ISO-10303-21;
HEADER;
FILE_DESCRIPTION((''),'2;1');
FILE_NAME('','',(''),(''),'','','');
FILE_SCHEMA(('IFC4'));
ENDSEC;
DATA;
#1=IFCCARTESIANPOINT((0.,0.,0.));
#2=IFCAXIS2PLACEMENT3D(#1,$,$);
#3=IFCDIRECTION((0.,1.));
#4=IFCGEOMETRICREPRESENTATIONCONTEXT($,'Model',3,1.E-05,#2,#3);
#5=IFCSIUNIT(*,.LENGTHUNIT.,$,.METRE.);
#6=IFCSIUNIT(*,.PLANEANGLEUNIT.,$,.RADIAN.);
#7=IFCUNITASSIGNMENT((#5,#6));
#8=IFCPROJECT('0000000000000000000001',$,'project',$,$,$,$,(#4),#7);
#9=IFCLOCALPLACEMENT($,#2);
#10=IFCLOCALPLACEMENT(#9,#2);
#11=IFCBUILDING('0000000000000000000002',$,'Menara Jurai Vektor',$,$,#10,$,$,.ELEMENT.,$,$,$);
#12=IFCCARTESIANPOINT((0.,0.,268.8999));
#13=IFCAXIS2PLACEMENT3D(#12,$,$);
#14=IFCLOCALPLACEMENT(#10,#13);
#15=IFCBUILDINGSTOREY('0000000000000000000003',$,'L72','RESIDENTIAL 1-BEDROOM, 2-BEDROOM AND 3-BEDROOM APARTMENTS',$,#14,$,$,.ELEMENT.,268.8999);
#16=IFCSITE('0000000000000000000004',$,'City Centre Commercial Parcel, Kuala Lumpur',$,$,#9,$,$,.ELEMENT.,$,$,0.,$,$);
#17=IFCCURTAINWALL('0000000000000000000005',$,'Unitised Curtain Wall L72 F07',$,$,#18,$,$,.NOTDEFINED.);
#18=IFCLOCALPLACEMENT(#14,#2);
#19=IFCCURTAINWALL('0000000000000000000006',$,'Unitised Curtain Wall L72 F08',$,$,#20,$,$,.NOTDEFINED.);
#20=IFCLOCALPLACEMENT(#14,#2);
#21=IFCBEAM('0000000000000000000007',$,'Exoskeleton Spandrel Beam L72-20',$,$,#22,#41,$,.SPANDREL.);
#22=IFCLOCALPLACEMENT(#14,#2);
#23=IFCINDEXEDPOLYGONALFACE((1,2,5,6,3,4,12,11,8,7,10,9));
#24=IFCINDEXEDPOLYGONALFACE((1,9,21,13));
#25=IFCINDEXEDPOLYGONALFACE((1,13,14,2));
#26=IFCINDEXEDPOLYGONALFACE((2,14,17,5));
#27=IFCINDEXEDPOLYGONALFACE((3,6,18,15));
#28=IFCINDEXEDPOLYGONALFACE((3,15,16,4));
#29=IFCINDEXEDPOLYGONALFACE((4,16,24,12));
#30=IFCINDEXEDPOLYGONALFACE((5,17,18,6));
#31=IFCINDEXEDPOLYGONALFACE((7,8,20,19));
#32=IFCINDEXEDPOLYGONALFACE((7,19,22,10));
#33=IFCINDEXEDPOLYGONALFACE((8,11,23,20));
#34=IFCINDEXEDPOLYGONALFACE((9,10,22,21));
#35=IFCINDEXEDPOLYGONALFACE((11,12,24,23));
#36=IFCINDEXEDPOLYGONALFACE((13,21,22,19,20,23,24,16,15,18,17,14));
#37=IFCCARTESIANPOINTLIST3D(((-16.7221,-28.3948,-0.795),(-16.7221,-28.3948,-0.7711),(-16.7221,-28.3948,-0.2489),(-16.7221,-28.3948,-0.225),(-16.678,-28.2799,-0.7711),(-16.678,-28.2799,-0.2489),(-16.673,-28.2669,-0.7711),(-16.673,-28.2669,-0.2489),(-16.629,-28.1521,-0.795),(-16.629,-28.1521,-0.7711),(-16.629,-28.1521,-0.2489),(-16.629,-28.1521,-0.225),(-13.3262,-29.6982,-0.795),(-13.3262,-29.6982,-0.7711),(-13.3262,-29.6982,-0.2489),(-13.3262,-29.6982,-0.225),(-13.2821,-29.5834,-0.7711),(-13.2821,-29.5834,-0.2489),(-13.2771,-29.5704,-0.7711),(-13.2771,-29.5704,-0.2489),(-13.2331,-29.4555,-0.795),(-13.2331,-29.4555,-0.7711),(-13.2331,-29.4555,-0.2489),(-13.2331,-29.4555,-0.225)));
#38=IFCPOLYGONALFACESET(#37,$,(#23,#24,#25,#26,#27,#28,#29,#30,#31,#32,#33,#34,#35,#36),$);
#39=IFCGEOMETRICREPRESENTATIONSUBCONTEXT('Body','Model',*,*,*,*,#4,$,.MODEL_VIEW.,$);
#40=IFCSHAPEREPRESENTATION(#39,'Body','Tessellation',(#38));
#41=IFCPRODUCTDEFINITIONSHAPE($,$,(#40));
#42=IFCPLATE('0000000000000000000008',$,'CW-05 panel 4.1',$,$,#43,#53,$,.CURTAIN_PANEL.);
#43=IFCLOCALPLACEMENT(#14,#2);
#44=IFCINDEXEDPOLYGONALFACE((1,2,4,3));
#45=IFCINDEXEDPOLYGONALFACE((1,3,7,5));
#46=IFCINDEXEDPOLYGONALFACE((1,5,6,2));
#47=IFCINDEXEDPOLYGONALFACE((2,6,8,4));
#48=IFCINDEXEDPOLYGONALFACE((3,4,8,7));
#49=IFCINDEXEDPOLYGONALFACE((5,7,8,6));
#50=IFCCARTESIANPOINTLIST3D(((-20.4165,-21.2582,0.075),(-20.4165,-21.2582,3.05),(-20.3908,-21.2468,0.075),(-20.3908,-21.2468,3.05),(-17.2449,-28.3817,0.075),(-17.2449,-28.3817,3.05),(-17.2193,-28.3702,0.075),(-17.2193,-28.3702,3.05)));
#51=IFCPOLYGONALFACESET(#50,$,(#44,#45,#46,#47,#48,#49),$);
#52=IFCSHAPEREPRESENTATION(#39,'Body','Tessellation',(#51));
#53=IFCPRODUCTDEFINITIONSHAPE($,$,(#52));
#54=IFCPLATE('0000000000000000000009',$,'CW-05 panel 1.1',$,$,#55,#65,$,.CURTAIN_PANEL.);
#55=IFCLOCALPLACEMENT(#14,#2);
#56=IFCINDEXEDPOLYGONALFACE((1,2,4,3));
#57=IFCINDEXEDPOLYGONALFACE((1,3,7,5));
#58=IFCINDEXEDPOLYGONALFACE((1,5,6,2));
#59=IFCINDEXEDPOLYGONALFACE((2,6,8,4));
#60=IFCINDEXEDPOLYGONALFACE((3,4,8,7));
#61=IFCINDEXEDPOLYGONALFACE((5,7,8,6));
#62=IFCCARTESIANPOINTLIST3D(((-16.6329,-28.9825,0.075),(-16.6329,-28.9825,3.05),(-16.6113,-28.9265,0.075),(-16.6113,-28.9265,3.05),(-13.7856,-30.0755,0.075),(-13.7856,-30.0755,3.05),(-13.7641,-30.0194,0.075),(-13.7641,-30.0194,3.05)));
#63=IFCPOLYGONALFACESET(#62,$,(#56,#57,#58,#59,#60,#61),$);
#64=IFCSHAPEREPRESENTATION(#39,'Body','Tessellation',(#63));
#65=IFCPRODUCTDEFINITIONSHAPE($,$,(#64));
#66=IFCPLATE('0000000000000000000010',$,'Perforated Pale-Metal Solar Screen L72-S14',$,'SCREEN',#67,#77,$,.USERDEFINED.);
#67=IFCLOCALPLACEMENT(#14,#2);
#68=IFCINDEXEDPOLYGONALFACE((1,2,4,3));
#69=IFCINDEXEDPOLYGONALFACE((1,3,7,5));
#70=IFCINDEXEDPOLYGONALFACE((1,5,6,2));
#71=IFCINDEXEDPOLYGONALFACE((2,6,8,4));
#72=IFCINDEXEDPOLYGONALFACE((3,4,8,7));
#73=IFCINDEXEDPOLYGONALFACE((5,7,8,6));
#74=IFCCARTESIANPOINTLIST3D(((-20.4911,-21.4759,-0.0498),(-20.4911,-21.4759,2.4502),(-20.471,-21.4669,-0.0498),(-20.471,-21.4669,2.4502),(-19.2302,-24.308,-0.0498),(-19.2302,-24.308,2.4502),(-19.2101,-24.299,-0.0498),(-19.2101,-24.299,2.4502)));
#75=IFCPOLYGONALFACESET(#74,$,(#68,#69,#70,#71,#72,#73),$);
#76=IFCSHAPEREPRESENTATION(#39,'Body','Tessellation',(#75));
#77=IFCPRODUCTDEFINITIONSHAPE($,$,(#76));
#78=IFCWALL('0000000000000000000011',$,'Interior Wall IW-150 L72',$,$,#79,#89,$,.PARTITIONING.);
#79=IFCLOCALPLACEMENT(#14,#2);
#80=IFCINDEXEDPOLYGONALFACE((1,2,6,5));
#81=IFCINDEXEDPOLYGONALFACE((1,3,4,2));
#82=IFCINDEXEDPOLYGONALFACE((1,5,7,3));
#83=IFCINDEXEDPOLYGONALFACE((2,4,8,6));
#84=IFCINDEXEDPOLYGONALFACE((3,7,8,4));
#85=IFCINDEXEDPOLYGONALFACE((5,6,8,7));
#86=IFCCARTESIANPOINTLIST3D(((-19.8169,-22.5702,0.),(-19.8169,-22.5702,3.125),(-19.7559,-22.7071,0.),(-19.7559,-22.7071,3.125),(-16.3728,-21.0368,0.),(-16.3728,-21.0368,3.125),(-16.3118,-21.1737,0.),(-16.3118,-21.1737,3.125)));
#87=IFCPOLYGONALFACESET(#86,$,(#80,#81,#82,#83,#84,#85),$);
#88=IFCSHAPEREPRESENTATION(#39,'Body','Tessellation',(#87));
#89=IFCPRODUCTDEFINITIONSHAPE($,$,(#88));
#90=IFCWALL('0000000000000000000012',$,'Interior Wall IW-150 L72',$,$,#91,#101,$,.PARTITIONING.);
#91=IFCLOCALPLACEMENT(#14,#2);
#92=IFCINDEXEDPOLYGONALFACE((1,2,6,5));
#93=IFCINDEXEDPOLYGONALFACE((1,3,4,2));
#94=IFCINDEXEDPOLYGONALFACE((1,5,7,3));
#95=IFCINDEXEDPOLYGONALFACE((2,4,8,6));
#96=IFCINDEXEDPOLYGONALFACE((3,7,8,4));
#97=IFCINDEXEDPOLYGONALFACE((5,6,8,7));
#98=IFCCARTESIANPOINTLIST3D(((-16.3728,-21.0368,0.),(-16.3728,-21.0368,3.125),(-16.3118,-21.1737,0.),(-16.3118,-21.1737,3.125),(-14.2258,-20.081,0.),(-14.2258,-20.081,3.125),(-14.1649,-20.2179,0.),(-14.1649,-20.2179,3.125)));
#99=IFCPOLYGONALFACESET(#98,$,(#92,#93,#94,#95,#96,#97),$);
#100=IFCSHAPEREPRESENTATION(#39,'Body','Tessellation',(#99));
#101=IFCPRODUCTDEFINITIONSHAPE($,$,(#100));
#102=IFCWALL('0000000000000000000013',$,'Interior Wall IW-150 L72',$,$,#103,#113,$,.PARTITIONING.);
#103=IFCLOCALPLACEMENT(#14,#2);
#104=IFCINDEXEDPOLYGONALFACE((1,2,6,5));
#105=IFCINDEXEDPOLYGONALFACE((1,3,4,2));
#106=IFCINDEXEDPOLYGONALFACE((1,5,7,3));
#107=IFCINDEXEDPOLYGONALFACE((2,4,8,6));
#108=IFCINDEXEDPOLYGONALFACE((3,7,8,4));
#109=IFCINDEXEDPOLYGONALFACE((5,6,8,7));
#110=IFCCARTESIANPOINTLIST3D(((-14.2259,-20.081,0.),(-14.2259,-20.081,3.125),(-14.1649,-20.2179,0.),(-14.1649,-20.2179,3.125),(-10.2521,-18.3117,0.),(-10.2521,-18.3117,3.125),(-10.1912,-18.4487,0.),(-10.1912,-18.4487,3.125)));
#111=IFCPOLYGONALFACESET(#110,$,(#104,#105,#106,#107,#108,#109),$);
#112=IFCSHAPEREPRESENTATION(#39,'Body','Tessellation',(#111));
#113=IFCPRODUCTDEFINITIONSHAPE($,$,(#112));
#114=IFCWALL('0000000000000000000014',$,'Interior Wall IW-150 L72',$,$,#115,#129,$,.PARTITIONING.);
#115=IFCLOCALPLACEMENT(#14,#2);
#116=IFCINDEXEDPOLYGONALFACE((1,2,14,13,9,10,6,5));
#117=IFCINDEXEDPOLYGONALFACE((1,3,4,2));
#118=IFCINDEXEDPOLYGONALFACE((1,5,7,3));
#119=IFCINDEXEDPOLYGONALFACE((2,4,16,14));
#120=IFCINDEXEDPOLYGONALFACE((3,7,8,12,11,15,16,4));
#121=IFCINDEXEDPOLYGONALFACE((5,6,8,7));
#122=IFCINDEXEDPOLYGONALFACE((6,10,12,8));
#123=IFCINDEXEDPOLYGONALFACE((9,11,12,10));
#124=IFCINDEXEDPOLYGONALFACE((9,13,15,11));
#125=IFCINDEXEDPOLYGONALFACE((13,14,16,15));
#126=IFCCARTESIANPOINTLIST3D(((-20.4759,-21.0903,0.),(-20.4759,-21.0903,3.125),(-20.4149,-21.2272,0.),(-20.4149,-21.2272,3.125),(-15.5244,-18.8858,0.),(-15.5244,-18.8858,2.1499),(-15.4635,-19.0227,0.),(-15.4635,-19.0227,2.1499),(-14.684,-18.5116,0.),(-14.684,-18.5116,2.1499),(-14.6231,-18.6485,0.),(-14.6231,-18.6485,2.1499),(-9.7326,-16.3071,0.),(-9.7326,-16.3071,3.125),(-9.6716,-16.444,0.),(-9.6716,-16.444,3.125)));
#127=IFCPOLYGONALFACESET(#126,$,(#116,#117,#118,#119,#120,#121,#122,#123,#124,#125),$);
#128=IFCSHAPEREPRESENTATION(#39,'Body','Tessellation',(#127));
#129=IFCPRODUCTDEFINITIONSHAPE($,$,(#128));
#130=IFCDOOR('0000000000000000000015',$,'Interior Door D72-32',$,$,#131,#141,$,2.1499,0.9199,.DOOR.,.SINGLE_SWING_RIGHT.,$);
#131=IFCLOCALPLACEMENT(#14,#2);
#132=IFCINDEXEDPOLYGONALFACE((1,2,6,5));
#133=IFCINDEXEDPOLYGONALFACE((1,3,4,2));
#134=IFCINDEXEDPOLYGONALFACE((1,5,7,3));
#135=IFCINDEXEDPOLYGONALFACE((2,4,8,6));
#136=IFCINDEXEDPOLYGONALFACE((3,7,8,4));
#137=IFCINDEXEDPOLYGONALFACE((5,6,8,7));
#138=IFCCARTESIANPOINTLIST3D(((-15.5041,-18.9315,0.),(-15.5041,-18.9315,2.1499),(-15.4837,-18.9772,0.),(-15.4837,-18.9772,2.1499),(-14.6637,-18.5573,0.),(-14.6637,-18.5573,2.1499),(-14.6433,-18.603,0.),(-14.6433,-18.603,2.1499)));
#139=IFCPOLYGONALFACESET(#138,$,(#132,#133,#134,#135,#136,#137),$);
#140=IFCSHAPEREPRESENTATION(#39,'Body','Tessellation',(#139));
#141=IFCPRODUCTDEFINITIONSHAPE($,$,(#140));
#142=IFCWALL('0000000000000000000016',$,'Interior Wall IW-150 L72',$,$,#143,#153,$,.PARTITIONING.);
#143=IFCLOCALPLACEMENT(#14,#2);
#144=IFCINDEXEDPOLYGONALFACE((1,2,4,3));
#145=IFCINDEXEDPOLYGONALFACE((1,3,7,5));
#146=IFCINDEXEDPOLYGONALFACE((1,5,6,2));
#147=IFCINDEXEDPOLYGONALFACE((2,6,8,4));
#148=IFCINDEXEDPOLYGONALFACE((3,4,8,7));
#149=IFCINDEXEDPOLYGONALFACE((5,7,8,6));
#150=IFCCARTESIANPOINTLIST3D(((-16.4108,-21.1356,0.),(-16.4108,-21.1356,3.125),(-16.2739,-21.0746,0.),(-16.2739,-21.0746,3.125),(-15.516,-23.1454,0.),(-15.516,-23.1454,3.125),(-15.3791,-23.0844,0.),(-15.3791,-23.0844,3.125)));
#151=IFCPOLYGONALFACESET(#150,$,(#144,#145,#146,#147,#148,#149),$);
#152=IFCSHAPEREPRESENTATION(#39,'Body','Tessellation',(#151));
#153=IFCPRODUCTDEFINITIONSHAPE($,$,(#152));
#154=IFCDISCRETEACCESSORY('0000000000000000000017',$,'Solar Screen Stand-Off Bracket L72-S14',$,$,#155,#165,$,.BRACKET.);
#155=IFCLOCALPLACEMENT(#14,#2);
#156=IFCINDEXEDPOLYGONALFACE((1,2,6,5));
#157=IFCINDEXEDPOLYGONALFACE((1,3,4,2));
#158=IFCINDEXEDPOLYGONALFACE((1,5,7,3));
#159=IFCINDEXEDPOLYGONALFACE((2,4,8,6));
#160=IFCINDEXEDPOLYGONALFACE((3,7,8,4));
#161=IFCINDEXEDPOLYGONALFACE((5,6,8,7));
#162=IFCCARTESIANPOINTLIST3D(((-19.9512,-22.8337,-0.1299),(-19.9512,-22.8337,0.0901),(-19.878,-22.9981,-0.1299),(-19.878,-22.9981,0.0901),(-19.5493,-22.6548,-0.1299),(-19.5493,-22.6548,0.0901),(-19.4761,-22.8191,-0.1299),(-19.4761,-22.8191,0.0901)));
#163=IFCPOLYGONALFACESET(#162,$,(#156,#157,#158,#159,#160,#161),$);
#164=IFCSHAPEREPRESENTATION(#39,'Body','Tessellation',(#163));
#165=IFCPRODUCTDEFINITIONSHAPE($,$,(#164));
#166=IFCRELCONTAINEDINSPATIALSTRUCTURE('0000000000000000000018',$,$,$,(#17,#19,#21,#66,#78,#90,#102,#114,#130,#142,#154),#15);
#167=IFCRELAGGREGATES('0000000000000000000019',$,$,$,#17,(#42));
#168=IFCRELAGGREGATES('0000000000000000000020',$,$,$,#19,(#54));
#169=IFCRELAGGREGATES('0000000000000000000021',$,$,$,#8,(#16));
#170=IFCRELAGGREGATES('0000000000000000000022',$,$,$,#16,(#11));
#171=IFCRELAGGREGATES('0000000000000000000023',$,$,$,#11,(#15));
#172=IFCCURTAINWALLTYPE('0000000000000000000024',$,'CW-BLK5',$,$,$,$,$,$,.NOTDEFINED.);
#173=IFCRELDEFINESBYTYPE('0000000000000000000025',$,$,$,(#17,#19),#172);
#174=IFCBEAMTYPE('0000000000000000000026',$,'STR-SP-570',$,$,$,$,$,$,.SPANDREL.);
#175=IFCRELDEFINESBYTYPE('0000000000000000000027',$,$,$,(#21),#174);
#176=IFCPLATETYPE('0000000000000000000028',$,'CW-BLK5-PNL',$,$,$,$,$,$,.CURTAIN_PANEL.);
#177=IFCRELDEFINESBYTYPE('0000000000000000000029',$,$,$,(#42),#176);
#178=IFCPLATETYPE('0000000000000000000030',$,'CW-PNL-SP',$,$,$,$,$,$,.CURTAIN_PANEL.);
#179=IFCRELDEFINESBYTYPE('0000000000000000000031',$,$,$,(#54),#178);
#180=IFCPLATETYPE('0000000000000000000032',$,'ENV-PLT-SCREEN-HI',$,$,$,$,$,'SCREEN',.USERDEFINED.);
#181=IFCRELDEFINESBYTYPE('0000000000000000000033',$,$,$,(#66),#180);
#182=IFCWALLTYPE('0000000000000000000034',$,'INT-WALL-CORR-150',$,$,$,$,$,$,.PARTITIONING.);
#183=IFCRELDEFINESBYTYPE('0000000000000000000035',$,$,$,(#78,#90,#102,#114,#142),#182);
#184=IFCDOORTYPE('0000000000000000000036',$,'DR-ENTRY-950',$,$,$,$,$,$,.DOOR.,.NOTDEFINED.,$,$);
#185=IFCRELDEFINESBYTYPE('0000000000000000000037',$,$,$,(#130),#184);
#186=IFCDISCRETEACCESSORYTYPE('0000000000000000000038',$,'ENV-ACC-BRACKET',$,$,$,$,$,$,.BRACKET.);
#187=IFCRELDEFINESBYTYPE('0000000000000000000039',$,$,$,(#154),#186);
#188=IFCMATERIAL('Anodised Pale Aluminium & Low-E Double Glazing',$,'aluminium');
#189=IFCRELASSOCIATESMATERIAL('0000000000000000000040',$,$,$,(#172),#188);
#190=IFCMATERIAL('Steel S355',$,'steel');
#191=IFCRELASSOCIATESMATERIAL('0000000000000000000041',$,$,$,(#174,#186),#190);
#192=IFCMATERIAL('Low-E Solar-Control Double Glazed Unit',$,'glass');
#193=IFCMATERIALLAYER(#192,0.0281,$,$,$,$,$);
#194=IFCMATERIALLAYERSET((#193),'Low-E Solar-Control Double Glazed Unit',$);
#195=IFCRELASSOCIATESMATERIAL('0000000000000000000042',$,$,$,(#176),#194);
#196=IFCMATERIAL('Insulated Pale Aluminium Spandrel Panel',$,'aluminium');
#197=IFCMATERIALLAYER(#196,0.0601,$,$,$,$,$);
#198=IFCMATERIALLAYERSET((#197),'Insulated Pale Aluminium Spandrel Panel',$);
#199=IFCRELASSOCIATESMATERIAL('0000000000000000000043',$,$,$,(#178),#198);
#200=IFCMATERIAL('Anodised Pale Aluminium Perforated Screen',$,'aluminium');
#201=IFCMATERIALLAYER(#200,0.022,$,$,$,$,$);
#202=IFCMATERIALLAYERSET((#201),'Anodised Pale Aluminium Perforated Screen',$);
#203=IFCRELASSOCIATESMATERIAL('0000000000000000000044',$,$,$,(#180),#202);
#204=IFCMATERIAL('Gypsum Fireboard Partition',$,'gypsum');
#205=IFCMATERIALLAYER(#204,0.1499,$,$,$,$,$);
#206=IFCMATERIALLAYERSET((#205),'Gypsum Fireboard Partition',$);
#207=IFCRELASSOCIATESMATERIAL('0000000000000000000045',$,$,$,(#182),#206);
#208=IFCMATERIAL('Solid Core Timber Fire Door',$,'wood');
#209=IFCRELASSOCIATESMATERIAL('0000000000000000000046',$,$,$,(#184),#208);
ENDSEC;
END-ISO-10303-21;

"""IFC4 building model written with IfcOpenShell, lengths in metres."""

from ifc_helpers import new_model, si_unit, direction, frame, frame_2d, origin, origin_2d, place, context, subcontext, project, spatial, rectangle, i_section, extrude, material, layer, layer_set, material_profile, profile_set, type_object, element, fill, aggregate, save


model = new_model("IFC4")

# Units and contexts
model_context = context("Model", 3, precision=1e-05, world=origin(), true_north=direction((0.0, 1.0)))
body_context = subcontext(model_context, "Body", "Model", "MODEL_VIEW")
ifc_project = project(units=[si_unit("LENGTHUNIT", "METRE"), si_unit("PLANEANGLEUNIT", "RADIAN")], contexts=[model_context])

# Site, building, storey
site_placement = place(None, origin())
site = spatial("IfcSite", under=ifc_project, at=site_placement, Name="City Centre Commercial Parcel, Kuala Lumpur", CompositionType="ELEMENT", RefElevation=0.0)
building_placement = place(site_placement, origin())
building = spatial("IfcBuilding", under=site, at=building_placement, Name="Menara Jurai Vektor", CompositionType="ELEMENT")
storey_placement = place(building_placement, frame((0.0, 0.0, 268.8999)))
storey = spatial("IfcBuildingStorey", under=building, at=storey_placement, Name="L72", Description="RESIDENTIAL 1-BEDROOM, 2-BEDROOM AND 3-BEDROOM APARTMENTS", CompositionType="ELEMENT", Elevation=268.8999)

# Curtain wall
ifc_material_1 = material(Name="Anodised Pale Aluminium & Low-E Double Glazing", Category="aluminium")
curtain_wall_type = type_object("IfcCurtainWallType", Name="CW-BLK5", PredefinedType="NOTDEFINED", material=ifc_material_1)
curtain_wall_1_placement = place(storey_placement, origin())
curtain_wall_1 = element("IfcCurtainWall", 1, at=curtain_wall_1_placement, inside=storey, type_object=curtain_wall_type, Name="Unitised Curtain Wall L72 F07", PredefinedType="NOTDEFINED")

# Curtain wall
curtain_wall_2_placement = place(storey_placement, origin())
curtain_wall_2 = element("IfcCurtainWall", 2, at=curtain_wall_2_placement, inside=storey, type_object=curtain_wall_type, Name="Unitised Curtain Wall L72 F08", PredefinedType="NOTDEFINED")

# Shared definitions
ifc_material_2 = material(Name="Steel S355", Category="steel")

# Beam
ifc_material_profile_1 = material_profile(ifc_material_2, i_section(OverallWidth=0.26, OverallDepth=0.5701, WebThickness=0.0139, FlangeThickness=0.0239, at=origin_2d()), Name="PG 570x260x145")
ifc_profile_set_1 = profile_set([ifc_material_profile_1], Name="Steel S355")
beam_type_1 = type_object("IfcBeamType", Name="STR-SP-570", PredefinedType="SPANDREL", material=ifc_profile_set_1)
beam_1_placement = place(storey_placement, frame((-16.6755, -28.2734, -0.51), z_axis=(0.933593, -0.358336, 0.0), x_axis=(0.358336, 0.933593, 0.0)))
element("IfcBeam", 3, at=beam_1_placement, inside=storey, type_object=beam_type_1, Name="Exoskeleton Spandrel Beam L72-20", PredefinedType="SPANDREL", context=body_context, shape_type="SweptSolid", body=[
    extrude(i_section(OverallWidth=0.26, OverallDepth=0.5701, WebThickness=0.0139, FlangeThickness=0.0239, at=origin_2d()), origin(), (0.0, 0.0, 1.0), 3.6375),
])

# Plates
ifc_material_3 = material(Name="Low-E Solar-Control Double Glazed Unit", Category="glass")
ifc_layer_1 = layer(ifc_material_3, 0.0281)
ifc_layer_set_1 = layer_set([ifc_layer_1], Name="Low-E Solar-Control Double Glazed Unit")
plate_type_1 = type_object("IfcPlateType", Name="CW-BLK5-PNL", PredefinedType="CURTAIN_PANEL", material=ifc_layer_set_1)
plate_1_placement = place(storey_placement, frame((-18.8179, -24.8142, 0.075), z_axis=(0.0, 0.0, 1.0), x_axis=(0.406735, -0.913546, 0.0)))
plate_1 = element("IfcPlate", 4, at=plate_1_placement, type_object=plate_type_1, Name="CW-05 panel 4.1", PredefinedType="CURTAIN_PANEL", context=body_context, shape_type="SweptSolid", body=[
    extrude(rectangle(XDim=7.7976, YDim=0.0281, at=origin_2d()), origin(), (0.0, 0.0, 1.0), 2.9751),
])
aggregate(curtain_wall_1, [plate_1])
ifc_material_4 = material(Name="Insulated Pale Aluminium Spandrel Panel", Category="aluminium")
ifc_layer_2 = layer(ifc_material_4, 0.0601)
ifc_layer_set_2 = layer_set([ifc_layer_2], Name="Insulated Pale Aluminium Spandrel Panel")
plate_type_2 = type_object("IfcPlateType", Name="CW-PNL-SP", PredefinedType="CURTAIN_PANEL", material=ifc_layer_set_2)
plate_2_placement = place(storey_placement, frame((-15.1985, -29.501, 0.075), z_axis=(0.0, 0.0, 1.0), x_axis=(0.933578, -0.358374, 0.0)))
plate_2 = element("IfcPlate", 5, at=plate_2_placement, type_object=plate_type_2, Name="CW-05 panel 1.1", PredefinedType="CURTAIN_PANEL", context=body_context, shape_type="SweptSolid", body=[
    extrude(rectangle(XDim=3.0498, YDim=0.0601, at=origin_2d()), origin(), (0.0, 0.0, 1.0), 2.9751),
])
aggregate(curtain_wall_2, [plate_2])
ifc_material_5 = material(Name="Anodised Pale Aluminium Perforated Screen", Category="aluminium")
ifc_layer_3 = layer(ifc_material_5, 0.022)
ifc_layer_set_3 = layer_set([ifc_layer_3], Name="Anodised Pale Aluminium Perforated Screen")
plate_type_3 = type_object("IfcPlateType", Name="ENV-PLT-SCREEN-HI", ElementType="SCREEN", PredefinedType="USERDEFINED", material=ifc_layer_set_3)
plate_3_placement = place(storey_placement, frame((-19.8506, -22.8875, -0.0498), z_axis=(0.0, 0.0, 1.0), x_axis=(0.406737, -0.913545, 0.0)))
element("IfcPlate", 6, at=plate_3_placement, inside=storey, type_object=plate_type_3, Name="Perforated Pale-Metal Solar Screen L72-S14", ObjectType="SCREEN", PredefinedType="USERDEFINED", context=body_context, shape_type="SweptSolid", body=[
    extrude(rectangle(XDim=3.1001, YDim=0.022, at=origin_2d()), origin(), (0.0, 0.0, 1.0), 2.5),
])

# Walls
ifc_material_6 = material(Name="Gypsum Fireboard Partition", Category="gypsum")
ifc_layer_4 = layer(ifc_material_6, 0.1499)
ifc_layer_set_4 = layer_set([ifc_layer_4], Name="Gypsum Fireboard Partition")
wall_type = type_object("IfcWallType", Name="INT-WALL-CORR-150", PredefinedType="PARTITIONING", material=ifc_layer_set_4)
wall_1_placement = place(storey_placement, frame((-19.7864, -22.6387, 0.0), z_axis=(0.0, 0.0, 1.0), x_axis=(0.913542, 0.406745, 0.0)))
element("IfcWall", 7, at=wall_1_placement, inside=storey, type_object=wall_type, Name="Interior Wall IW-150 L72", PredefinedType="PARTITIONING", context=body_context, shape_type="SweptSolid", body=[
    extrude(rectangle(XDim=3.77, YDim=0.1499, at=frame_2d((1.885, 0.0))), origin(), (0.0, 0.0, 1.0), 3.125),
])
wall_2_placement = place(storey_placement, frame((-16.3423, -21.1052, 0.0), z_axis=(0.0, 0.0, 1.0), x_axis=(0.913559, 0.406707, 0.0)))
element("IfcWall", 8, at=wall_2_placement, inside=storey, type_object=wall_type, Name="Interior Wall IW-150 L72", PredefinedType="PARTITIONING", context=body_context, shape_type="SweptSolid", body=[
    extrude(rectangle(XDim=2.3501, YDim=0.1499, at=frame_2d((1.175, 0.0))), origin(), (0.0, 0.0, 1.0), 3.125),
])
wall_3_placement = place(storey_placement, frame((-14.1953, -20.1494, 0.0), z_axis=(0.0, 0.0, 1.0), x_axis=(0.913545, 0.406737, 0.0)))
element("IfcWall", 9, at=wall_3_placement, inside=storey, type_object=wall_type, Name="Interior Wall IW-150 L72", PredefinedType="PARTITIONING", context=body_context, shape_type="SweptSolid", body=[
    extrude(rectangle(XDim=4.3499, YDim=0.1499, at=frame_2d((2.1748, 0.0))), origin(), (0.0, 0.0, 1.0), 3.125),
])

# Wall, opening, door
wall_4_placement = place(storey_placement, frame((-20.4453, -21.1587, 0.0), z_axis=(0.0, 0.0, 1.0), x_axis=(0.913548, 0.406732, 0.0)))
wall_4 = element("IfcWall", 10, at=wall_4_placement, inside=storey, type_object=wall_type, Name="Interior Wall IW-150 L72", PredefinedType="PARTITIONING", context=body_context, shape_type="SweptSolid", body=[
    extrude(rectangle(XDim=11.76, YDim=0.1499, at=frame_2d((5.8799, 0.0))), origin(), (0.0, 0.0, 1.0), 3.125),
])
opening_1_placement = place(wall_4_placement, frame((5.4199, 0.0, 0.0)))
opening_1 = element("IfcOpeningElement", 11, at=opening_1_placement, cuts=wall_4, PredefinedType="OPENING", context=body_context, shape_type="SweptSolid", body=[
    extrude(rectangle(XDim=0.9199, YDim=2.1499, at=frame_2d((0.46, 1.075))), frame((0.0, 0.085, 0.0), z_axis=(0.0, -1.0, 0.0), x_axis=(1.0, 0.0, 0.0)), (0.0, 0.0, 1.0), 0.1699),
])
ifc_material_7 = material(Name="Solid Core Timber Fire Door", Category="wood")
door_type_1 = type_object("IfcDoorType", Name="DR-ENTRY-950", OperationType="NOTDEFINED", PredefinedType="DOOR", material=ifc_material_7)
door_1_placement = place(opening_1_placement, origin())
door_1 = element("IfcDoor", 12, at=door_1_placement, inside=storey, type_object=door_type_1, Name="Interior Door D72-32", OperationType="SINGLE_SWING_RIGHT", OverallHeight=2.1499, OverallWidth=0.9199, PredefinedType="DOOR", context=body_context, shape_type="SweptSolid", body=[
    extrude(rectangle(XDim=0.9199, YDim=2.1499, at=frame_2d((0.46, 1.075))), frame((0.0, 0.0249, 0.0), z_axis=(0.0, -1.0, 0.0), x_axis=(1.0, 0.0, 0.0)), (0.0, 0.0, 1.0), 0.05),
])
fill(opening_1, door_1)

# Wall
wall_5_placement = place(storey_placement, frame((-15.4475, -23.115, 0.0), z_axis=(0.0, 0.0, 1.0), x_axis=(-0.406725, 0.913551, 0.0)))
element("IfcWall", 13, at=wall_5_placement, inside=storey, type_object=wall_type, Name="Interior Wall IW-150 L72", PredefinedType="PARTITIONING", context=body_context, shape_type="SweptSolid", body=[
    extrude(rectangle(XDim=2.2, YDim=0.1499, at=frame_2d((1.1001, 0.0))), origin(), (0.0, 0.0, 1.0), 3.125),
])

# Discrete accessory
discrete_accessory_type = type_object("IfcDiscreteAccessoryType", Name="ENV-ACC-BRACKET", PredefinedType="BRACKET", material=ifc_material_2)
discrete_accessory_placement = place(storey_placement, frame((-19.7136, -22.8264, -0.1299), z_axis=(0.0, 0.0, 1.0), x_axis=(0.406737, -0.913545, 0.0)))
element("IfcDiscreteAccessory", 14, at=discrete_accessory_placement, inside=storey, type_object=discrete_accessory_type, Name="Solar Screen Stand-Off Bracket L72-S14", PredefinedType="BRACKET", context=body_context, shape_type="SweptSolid", body=[
    extrude(rectangle(XDim=0.1799, YDim=0.4399, at=origin_2d()), origin(), (0.0, 0.0, 1.0), 0.22),
])

save(model, "model.ifc")
